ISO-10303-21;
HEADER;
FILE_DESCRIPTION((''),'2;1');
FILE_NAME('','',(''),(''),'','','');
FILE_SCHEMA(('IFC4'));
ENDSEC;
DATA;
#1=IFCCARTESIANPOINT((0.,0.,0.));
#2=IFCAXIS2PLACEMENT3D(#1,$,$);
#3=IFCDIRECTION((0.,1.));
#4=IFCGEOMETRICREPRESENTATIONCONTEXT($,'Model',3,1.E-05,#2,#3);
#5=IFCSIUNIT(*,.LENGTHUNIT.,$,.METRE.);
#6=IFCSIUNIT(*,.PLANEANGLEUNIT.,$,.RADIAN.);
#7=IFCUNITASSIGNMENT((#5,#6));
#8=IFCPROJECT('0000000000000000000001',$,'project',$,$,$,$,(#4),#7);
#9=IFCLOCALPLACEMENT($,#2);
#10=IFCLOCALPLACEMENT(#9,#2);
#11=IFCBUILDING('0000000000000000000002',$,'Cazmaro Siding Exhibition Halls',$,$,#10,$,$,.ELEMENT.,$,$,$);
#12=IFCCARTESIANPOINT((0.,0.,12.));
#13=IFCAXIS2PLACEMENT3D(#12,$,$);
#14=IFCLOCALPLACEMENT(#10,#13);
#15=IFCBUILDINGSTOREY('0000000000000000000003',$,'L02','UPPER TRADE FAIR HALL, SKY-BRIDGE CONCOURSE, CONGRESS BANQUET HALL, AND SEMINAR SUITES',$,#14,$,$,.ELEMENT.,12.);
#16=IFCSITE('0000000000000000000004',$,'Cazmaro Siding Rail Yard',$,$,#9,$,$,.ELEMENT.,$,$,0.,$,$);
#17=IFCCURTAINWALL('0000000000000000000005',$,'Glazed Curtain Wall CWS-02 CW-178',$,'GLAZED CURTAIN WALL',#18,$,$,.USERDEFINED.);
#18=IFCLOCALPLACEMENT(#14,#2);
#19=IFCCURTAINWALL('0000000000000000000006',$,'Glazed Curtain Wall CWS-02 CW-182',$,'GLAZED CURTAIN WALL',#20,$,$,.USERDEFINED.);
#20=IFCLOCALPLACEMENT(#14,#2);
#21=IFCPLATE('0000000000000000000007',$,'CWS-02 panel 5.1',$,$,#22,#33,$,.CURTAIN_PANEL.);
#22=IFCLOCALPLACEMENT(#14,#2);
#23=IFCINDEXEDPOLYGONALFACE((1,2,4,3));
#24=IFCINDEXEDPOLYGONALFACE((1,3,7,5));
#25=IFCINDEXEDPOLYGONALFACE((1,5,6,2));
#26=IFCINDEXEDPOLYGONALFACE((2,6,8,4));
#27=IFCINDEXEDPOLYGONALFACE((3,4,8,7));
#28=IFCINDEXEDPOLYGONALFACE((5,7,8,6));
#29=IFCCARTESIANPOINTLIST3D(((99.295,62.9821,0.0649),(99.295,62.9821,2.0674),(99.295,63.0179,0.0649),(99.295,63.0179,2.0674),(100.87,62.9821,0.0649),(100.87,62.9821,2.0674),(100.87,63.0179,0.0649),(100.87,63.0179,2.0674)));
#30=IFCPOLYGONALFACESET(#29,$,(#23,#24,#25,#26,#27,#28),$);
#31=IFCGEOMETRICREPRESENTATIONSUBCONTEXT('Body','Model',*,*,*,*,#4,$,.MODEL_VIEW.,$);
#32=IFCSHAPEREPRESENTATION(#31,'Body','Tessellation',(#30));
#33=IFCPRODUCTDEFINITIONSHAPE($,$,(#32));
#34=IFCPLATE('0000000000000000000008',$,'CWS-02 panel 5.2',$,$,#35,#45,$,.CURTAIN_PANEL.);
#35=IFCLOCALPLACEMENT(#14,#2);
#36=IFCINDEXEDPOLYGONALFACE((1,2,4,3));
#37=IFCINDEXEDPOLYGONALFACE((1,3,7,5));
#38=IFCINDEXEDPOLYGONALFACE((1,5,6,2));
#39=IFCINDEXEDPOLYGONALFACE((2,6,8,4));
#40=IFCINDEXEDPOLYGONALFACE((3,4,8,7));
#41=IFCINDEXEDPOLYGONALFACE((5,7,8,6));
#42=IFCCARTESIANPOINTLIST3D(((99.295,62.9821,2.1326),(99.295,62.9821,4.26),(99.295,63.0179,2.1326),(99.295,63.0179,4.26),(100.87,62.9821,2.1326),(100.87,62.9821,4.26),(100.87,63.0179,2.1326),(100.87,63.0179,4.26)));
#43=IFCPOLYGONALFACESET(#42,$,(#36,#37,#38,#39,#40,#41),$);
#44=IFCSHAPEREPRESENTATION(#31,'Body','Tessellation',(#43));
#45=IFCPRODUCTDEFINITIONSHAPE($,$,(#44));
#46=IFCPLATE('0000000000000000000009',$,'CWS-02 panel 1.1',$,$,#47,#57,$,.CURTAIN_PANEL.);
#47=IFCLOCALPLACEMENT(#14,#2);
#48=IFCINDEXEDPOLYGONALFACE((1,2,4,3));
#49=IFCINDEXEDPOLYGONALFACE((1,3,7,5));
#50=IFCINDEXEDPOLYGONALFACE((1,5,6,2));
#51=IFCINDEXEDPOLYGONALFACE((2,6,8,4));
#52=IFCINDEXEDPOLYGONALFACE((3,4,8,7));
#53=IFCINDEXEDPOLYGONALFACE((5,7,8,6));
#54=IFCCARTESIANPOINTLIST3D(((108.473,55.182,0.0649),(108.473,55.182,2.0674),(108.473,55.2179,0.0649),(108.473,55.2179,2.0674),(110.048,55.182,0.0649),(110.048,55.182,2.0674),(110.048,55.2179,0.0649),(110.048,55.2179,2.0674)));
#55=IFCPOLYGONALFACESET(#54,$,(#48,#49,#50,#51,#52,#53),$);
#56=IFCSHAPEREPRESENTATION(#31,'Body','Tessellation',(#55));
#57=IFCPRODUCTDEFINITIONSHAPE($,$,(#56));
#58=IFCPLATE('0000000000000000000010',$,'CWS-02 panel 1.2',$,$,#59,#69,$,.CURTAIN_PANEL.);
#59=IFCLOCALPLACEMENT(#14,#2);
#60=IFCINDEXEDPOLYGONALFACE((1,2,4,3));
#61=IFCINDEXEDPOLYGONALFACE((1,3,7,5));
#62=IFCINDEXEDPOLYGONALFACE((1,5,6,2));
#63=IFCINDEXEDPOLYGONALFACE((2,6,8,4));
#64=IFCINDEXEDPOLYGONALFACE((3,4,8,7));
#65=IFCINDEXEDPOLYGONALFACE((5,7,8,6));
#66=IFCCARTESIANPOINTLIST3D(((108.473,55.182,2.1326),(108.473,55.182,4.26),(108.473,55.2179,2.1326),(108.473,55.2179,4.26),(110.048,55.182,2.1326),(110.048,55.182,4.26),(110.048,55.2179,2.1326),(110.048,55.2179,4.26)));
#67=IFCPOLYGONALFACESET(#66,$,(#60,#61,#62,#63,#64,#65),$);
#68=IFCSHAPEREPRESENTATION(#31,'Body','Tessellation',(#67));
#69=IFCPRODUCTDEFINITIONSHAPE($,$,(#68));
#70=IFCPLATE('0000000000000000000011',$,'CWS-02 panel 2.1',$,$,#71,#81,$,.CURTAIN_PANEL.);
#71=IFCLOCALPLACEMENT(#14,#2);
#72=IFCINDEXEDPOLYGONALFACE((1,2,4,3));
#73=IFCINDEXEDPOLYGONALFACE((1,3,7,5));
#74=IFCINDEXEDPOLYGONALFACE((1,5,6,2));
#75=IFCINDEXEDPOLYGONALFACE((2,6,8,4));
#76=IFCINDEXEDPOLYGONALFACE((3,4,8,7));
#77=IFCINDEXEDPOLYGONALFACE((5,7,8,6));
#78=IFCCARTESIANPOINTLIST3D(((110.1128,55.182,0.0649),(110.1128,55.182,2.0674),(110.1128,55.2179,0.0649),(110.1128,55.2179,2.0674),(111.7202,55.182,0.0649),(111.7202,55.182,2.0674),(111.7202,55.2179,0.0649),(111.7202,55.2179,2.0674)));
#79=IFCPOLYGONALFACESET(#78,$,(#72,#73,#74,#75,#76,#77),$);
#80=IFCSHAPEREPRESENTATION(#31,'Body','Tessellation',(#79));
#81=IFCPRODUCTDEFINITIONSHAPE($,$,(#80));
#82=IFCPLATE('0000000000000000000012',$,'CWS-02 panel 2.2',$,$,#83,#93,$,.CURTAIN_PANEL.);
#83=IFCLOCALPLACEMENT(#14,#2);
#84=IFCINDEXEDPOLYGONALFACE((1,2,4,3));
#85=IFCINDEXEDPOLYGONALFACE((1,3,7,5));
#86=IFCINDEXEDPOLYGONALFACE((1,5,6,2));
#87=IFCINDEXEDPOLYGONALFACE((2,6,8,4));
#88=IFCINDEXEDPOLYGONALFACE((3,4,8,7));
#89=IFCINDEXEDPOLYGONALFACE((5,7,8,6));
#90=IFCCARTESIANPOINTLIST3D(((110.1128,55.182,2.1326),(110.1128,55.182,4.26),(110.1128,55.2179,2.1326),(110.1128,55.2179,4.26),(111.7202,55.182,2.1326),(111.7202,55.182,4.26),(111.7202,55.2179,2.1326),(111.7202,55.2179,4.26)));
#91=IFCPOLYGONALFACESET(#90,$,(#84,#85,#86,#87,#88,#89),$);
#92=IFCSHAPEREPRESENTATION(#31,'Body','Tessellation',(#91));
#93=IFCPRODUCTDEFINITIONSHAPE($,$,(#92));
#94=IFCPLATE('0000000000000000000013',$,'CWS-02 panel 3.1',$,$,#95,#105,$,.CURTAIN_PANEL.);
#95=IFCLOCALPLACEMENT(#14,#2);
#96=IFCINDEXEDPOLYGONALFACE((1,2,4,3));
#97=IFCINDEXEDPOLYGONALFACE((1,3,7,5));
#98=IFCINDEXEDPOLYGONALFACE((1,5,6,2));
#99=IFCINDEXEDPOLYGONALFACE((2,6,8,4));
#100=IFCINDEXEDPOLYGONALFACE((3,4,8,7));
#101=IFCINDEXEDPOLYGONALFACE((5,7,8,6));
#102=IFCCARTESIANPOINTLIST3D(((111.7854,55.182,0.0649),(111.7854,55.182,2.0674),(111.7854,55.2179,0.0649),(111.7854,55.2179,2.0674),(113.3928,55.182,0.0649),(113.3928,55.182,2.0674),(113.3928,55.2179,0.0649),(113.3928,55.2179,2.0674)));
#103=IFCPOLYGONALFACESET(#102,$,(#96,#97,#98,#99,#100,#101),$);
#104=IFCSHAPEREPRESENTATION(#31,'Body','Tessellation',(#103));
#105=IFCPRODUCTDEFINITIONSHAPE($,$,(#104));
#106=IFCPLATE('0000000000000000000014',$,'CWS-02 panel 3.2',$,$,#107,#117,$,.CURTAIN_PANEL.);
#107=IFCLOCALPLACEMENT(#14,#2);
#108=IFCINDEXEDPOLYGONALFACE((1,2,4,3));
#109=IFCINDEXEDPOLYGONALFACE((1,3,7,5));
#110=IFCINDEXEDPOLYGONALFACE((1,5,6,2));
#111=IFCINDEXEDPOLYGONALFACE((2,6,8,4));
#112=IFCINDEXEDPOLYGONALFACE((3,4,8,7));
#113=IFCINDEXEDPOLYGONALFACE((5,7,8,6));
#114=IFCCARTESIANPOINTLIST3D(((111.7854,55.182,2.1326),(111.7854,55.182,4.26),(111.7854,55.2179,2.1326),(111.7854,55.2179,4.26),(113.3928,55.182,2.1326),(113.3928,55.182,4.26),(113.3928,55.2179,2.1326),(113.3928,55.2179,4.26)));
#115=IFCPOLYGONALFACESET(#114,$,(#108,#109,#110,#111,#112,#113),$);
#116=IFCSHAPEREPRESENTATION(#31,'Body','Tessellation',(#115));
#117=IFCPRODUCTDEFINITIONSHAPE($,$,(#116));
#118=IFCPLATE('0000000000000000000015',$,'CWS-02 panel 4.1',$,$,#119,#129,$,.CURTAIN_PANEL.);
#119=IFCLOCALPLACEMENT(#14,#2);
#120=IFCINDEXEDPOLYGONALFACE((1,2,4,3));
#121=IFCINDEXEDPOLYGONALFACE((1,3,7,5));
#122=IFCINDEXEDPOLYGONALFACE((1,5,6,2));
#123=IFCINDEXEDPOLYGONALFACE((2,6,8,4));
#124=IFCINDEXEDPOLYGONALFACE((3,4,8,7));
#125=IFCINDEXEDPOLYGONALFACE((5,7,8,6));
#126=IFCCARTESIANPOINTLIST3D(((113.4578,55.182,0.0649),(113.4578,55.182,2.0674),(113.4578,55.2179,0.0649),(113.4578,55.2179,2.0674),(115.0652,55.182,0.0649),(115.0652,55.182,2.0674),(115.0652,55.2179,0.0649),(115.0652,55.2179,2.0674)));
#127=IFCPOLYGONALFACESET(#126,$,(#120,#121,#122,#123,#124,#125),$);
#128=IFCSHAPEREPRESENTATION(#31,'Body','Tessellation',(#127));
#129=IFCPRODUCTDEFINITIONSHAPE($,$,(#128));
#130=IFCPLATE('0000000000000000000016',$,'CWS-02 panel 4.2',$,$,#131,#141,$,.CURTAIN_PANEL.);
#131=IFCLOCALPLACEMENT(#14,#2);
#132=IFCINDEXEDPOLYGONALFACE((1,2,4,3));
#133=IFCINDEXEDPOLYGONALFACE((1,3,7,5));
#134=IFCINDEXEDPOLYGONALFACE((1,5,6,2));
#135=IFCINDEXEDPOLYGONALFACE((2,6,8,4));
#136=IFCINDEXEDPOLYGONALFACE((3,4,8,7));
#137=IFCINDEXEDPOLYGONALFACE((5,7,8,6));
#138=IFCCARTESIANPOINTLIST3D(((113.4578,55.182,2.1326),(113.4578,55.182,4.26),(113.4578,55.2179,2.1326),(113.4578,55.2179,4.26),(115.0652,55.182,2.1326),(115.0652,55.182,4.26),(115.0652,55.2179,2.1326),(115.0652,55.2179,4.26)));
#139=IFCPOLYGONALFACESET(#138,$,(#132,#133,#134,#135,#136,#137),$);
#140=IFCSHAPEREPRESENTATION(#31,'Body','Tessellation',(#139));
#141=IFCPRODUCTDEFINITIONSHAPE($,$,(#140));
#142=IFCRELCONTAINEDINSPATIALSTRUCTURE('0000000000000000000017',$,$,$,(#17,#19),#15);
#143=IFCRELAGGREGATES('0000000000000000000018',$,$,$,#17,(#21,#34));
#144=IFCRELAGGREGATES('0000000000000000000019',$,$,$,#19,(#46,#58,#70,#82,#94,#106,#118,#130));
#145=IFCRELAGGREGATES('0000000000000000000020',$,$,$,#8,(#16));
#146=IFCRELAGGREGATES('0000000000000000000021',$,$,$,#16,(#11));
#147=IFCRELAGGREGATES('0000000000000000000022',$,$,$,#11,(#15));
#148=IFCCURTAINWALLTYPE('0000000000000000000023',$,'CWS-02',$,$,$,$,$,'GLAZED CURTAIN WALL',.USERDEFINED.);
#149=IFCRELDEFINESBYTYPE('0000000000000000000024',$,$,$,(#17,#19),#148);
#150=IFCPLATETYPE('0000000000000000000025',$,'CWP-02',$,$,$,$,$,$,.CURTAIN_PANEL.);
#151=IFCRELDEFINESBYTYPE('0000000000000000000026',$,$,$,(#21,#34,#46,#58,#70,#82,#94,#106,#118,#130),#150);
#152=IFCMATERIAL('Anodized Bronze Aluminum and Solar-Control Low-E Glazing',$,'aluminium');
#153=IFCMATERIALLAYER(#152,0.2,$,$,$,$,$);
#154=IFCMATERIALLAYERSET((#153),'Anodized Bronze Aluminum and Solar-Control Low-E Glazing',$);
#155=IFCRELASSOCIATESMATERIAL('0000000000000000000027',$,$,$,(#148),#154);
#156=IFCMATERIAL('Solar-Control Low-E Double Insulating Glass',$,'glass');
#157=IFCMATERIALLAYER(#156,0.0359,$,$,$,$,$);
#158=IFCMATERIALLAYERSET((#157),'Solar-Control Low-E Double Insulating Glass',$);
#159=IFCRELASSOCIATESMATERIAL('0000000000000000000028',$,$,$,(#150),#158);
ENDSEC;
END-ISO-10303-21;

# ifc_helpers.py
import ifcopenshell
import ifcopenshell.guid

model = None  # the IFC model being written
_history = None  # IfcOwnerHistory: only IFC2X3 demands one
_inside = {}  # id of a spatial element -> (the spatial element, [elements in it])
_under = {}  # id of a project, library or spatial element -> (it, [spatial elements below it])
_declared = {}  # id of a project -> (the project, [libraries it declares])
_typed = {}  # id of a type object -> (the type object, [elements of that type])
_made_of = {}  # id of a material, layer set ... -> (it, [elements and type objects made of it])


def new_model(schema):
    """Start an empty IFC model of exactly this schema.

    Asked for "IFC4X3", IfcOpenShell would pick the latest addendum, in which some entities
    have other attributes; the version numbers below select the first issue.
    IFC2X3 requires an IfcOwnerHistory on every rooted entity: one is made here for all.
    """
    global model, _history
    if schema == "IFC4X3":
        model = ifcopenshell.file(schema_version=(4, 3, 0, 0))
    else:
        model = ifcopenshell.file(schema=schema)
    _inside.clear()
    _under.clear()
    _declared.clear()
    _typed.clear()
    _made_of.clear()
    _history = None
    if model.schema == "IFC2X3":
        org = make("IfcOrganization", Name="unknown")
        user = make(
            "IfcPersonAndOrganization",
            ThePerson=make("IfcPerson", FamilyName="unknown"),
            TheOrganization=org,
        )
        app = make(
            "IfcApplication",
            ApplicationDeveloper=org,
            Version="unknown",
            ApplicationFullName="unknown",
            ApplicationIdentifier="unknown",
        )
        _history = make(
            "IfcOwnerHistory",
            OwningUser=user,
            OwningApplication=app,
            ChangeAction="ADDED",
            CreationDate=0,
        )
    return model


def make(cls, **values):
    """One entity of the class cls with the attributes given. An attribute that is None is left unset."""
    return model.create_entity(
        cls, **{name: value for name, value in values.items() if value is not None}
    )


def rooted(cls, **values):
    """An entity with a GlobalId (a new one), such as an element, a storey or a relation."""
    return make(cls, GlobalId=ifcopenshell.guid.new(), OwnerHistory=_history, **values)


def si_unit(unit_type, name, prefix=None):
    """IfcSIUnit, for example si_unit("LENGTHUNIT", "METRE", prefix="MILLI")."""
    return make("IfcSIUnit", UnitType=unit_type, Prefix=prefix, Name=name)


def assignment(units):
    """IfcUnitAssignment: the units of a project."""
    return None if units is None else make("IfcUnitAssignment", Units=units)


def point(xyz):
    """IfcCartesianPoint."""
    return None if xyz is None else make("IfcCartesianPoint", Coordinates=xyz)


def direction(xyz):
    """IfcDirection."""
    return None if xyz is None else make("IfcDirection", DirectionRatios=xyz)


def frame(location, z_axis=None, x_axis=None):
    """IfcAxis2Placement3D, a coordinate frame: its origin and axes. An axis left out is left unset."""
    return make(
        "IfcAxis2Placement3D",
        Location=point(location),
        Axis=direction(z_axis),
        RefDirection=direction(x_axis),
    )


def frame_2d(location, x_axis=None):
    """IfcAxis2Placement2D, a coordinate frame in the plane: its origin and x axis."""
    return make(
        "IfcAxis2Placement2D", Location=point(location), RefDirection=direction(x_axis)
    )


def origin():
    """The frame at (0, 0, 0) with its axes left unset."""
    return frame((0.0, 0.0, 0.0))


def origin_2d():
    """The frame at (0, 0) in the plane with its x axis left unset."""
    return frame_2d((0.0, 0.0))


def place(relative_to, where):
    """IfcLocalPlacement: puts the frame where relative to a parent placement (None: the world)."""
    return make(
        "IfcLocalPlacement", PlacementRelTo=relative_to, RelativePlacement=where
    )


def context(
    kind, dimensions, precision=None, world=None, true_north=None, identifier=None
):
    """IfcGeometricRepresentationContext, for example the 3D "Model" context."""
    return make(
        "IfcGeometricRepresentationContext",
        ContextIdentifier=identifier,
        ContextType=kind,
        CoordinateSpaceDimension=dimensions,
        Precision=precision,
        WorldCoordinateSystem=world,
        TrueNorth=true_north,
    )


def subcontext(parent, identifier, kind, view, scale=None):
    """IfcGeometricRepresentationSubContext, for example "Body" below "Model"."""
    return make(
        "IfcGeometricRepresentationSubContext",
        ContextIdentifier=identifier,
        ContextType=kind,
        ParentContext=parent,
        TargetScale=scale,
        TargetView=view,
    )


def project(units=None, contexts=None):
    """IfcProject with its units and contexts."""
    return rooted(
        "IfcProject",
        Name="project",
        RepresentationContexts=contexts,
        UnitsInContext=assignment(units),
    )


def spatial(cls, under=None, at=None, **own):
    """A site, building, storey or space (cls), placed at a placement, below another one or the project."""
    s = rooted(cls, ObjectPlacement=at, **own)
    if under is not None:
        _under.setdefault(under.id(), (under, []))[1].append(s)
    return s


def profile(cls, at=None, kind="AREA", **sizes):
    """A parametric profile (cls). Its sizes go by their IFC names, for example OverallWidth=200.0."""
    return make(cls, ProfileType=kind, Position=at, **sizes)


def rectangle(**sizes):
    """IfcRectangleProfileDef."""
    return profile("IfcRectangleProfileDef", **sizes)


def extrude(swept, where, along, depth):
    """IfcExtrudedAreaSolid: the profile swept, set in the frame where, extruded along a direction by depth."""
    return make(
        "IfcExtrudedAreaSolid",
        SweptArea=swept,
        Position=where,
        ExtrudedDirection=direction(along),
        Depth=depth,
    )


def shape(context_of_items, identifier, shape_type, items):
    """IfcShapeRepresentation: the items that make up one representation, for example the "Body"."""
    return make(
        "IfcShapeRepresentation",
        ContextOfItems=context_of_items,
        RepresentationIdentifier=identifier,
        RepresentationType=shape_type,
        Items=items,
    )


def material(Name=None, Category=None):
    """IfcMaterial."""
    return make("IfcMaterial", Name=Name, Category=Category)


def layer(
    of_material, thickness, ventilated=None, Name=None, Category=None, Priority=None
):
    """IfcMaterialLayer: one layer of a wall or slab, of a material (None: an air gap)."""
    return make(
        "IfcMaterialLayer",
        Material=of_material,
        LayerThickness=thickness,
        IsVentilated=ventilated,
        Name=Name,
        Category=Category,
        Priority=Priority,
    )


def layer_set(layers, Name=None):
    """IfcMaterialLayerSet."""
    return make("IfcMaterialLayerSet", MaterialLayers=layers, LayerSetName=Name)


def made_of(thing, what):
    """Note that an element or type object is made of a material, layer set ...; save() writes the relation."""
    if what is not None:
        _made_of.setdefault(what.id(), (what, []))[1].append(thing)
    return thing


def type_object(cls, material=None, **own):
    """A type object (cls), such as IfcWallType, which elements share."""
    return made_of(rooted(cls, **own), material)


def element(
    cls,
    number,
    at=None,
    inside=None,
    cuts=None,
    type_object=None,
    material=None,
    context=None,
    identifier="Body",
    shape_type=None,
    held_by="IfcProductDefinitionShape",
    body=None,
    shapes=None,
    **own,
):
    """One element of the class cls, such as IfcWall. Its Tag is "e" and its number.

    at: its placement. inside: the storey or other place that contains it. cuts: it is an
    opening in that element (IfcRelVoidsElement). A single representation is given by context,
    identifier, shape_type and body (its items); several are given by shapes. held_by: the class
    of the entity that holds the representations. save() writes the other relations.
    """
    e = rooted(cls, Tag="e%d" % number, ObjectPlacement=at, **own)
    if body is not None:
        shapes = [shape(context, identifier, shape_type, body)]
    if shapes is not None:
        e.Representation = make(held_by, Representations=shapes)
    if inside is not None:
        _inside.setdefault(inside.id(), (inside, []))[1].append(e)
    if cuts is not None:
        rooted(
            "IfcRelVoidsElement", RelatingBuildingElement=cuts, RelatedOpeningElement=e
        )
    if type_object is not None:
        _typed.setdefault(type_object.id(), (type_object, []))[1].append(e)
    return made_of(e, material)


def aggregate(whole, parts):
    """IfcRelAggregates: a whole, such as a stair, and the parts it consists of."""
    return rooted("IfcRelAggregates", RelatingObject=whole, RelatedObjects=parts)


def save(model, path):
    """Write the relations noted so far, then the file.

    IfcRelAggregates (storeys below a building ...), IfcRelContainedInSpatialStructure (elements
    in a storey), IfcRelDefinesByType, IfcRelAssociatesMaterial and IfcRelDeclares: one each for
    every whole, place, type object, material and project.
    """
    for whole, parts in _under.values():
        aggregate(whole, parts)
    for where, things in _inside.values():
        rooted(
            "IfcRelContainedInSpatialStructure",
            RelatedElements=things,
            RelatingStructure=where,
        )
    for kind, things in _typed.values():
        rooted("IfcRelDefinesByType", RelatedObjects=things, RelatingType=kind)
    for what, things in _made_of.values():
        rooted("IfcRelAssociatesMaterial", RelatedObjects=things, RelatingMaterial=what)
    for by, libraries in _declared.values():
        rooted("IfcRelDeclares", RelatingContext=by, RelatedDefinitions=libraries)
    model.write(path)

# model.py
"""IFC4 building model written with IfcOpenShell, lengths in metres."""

from ifc_helpers import new_model, si_unit, direction, frame, origin, origin_2d, place, context, subcontext, project, spatial, rectangle, extrude, material, layer, layer_set, type_object, element, aggregate, save


model = new_model("IFC4")

# Units and contexts
model_context = context("Model", 3, precision=1e-05, world=origin(), true_north=direction((0.0, 1.0)))
body_context = subcontext(model_context, "Body", "Model", "MODEL_VIEW")
ifc_project = project(units=[si_unit("LENGTHUNIT", "METRE"), si_unit("PLANEANGLEUNIT", "RADIAN")], contexts=[model_context])

# Site, building, storey
site_placement = place(None, origin())
site = spatial("IfcSite", under=ifc_project, at=site_placement, Name="Cazmaro Siding Rail Yard", CompositionType="ELEMENT", RefElevation=0.0)
building_placement = place(site_placement, origin())
building = spatial("IfcBuilding", under=site, at=building_placement, Name="Cazmaro Siding Exhibition Halls", CompositionType="ELEMENT")
storey_placement = place(building_placement, frame((0.0, 0.0, 12.0)))
storey = spatial("IfcBuildingStorey", under=building, at=storey_placement, Name="L02", Description="UPPER TRADE FAIR HALL, SKY-BRIDGE CONCOURSE, CONGRESS BANQUET HALL, AND SEMINAR SUITES", CompositionType="ELEMENT", Elevation=12.0)

# Curtain walls
ifc_material_1 = material(Name="Anodized Bronze Aluminum and Solar-Control Low-E Glazing", Category="aluminium")
ifc_layer_1 = layer(ifc_material_1, 0.2)
ifc_layer_set_1 = layer_set([ifc_layer_1], Name="Anodized Bronze Aluminum and Solar-Control Low-E Glazing")
curtain_wall_type = type_object("IfcCurtainWallType", Name="CWS-02", ElementType="GLAZED CURTAIN WALL", PredefinedType="USERDEFINED", material=ifc_layer_set_1)
curtain_wall_1_placement = place(storey_placement, origin())
curtain_wall_1 = element("IfcCurtainWall", 1, at=curtain_wall_1_placement, inside=storey, type_object=curtain_wall_type, Name="Glazed Curtain Wall CWS-02 CW-178", ObjectType="GLAZED CURTAIN WALL", PredefinedType="USERDEFINED")
curtain_wall_2_placement = place(storey_placement, origin())
curtain_wall_2 = element("IfcCurtainWall", 2, at=curtain_wall_2_placement, inside=storey, type_object=curtain_wall_type, Name="Glazed Curtain Wall CWS-02 CW-182", ObjectType="GLAZED CURTAIN WALL", PredefinedType="USERDEFINED")

# Plates
ifc_material_2 = material(Name="Solar-Control Low-E Double Insulating Glass", Category="glass")
ifc_layer_2 = layer(ifc_material_2, 0.0359)
ifc_layer_set_2 = layer_set([ifc_layer_2], Name="Solar-Control Low-E Double Insulating Glass")
plate_type = type_object("IfcPlateType", Name="CWP-02", PredefinedType="CURTAIN_PANEL", material=ifc_layer_set_2)
plate_1_placement = place(storey_placement, frame((100.0825, 63.0, 0.0649), z_axis=(0.0, 0.0, 1.0), x_axis=(-1.0, 0.0, 0.0)))
plate_1 = element("IfcPlate", 3, at=plate_1_placement, type_object=plate_type, Name="CWS-02 panel 5.1", PredefinedType="CURTAIN_PANEL", context=body_context, shape_type="SweptSolid", body=[
    extrude(rectangle(XDim=1.575, YDim=0.0359, at=origin_2d()), origin(), (0.0, 0.0, 1.0), 2.0024),
])
plate_2_placement = place(storey_placement, frame((100.0825, 63.0, 2.1326), z_axis=(0.0, 0.0, 1.0), x_axis=(-1.0, 0.0, 0.0)))
plate_2 = element("IfcPlate", 4, at=plate_2_placement, type_object=plate_type, Name="CWS-02 panel 5.2", PredefinedType="CURTAIN_PANEL", context=body_context, shape_type="SweptSolid", body=[
    extrude(rectangle(XDim=1.575, YDim=0.0359, at=origin_2d()), origin(), (0.0, 0.0, 1.0), 2.1274),
])
aggregate(curtain_wall_1, [plate_1, plate_2])
plate_3_placement = place(storey_placement, frame((109.2605, 55.2, 0.0649), z_axis=(0.0, 0.0, 1.0), x_axis=(1.0, 0.0, 0.0)))
plate_3 = element("IfcPlate", 5, at=plate_3_placement, type_object=plate_type, Name="CWS-02 panel 1.1", PredefinedType="CURTAIN_PANEL", context=body_context, shape_type="SweptSolid", body=[
    extrude(rectangle(XDim=1.575, YDim=0.0359, at=origin_2d()), origin(), (0.0, 0.0, 1.0), 2.0024),
])
plate_4_placement = place(storey_placement, frame((109.2605, 55.2, 2.1326), z_axis=(0.0, 0.0, 1.0), x_axis=(1.0, 0.0, 0.0)))
plate_4 = element("IfcPlate", 6, at=plate_4_placement, type_object=plate_type, Name="CWS-02 panel 1.2", PredefinedType="CURTAIN_PANEL", context=body_context, shape_type="SweptSolid", body=[
    extrude(rectangle(XDim=1.575, YDim=0.0359, at=origin_2d()), origin(), (0.0, 0.0, 1.0), 2.1274),
])
plate_5_placement = place(storey_placement, frame((110.9165, 55.2, 0.0649), z_axis=(0.0, 0.0, 1.0), x_axis=(1.0, 0.0, 0.0)))
plate_5 = element("IfcPlate", 7, at=plate_5_placement, type_object=plate_type, Name="CWS-02 panel 2.1", PredefinedType="CURTAIN_PANEL", context=body_context, shape_type="SweptSolid", body=[
    extrude(rectangle(XDim=1.6074, YDim=0.0359, at=origin_2d()), origin(), (0.0, 0.0, 1.0), 2.0024),
])
plate_6_placement = place(storey_placement, frame((110.9165, 55.2, 2.1326), z_axis=(0.0, 0.0, 1.0), x_axis=(1.0, 0.0, 0.0)))
plate_6 = element("IfcPlate", 8, at=plate_6_placement, type_object=plate_type, Name="CWS-02 panel 2.2", PredefinedType="CURTAIN_PANEL", context=body_context, shape_type="SweptSolid", body=[
    extrude(rectangle(XDim=1.6074, YDim=0.0359, at=origin_2d()), origin(), (0.0, 0.0, 1.0), 2.1274),
])
plate_7_placement = place(storey_placement, frame((112.5891, 55.2, 0.0649), z_axis=(0.0, 0.0, 1.0), x_axis=(1.0, 0.0, 0.0)))
plate_7 = element("IfcPlate", 9, at=plate_7_placement, type_object=plate_type, Name="CWS-02 panel 3.1", PredefinedType="CURTAIN_PANEL", context=body_context, shape_type="SweptSolid", body=[
    extrude(rectangle(XDim=1.6074, YDim=0.0359, at=origin_2d()), origin(), (0.0, 0.0, 1.0), 2.0024),
])
plate_8_placement = place(storey_placement, frame((112.5891, 55.2, 2.1326), z_axis=(0.0, 0.0, 1.0), x_axis=(1.0, 0.0, 0.0)))
plate_8 = element("IfcPlate", 10, at=plate_8_placement, type_object=plate_type, Name="CWS-02 panel 3.2", PredefinedType="CURTAIN_PANEL", context=body_context, shape_type="SweptSolid", body=[
    extrude(rectangle(XDim=1.6074, YDim=0.0359, at=origin_2d()), origin(), (0.0, 0.0, 1.0), 2.1274),
])
plate_9_placement = place(storey_placement, frame((114.2615, 55.2, 0.0649), z_axis=(0.0, 0.0, 1.0), x_axis=(1.0, 0.0, 0.0)))
plate_9 = element("IfcPlate", 11, at=plate_9_placement, type_object=plate_type, Name="CWS-02 panel 4.1", PredefinedType="CURTAIN_PANEL", context=body_context, shape_type="SweptSolid", body=[
    extrude(rectangle(XDim=1.6074, YDim=0.0359, at=origin_2d()), origin(), (0.0, 0.0, 1.0), 2.0024),
])
plate_10_placement = place(storey_placement, frame((114.2615, 55.2, 2.1326), z_axis=(0.0, 0.0, 1.0), x_axis=(1.0, 0.0, 0.0)))
plate_10 = element("IfcPlate", 12, at=plate_10_placement, type_object=plate_type, Name="CWS-02 panel 4.2", PredefinedType="CURTAIN_PANEL", context=body_context, shape_type="SweptSolid", body=[
    extrude(rectangle(XDim=1.6074, YDim=0.0359, at=origin_2d()), origin(), (0.0, 0.0, 1.0), 2.1274),
])
aggregate(curtain_wall_2, [plate_3, plate_4, plate_5, plate_6, plate_7, plate_8, plate_9, plate_10])

save(model, "model.ifc")
